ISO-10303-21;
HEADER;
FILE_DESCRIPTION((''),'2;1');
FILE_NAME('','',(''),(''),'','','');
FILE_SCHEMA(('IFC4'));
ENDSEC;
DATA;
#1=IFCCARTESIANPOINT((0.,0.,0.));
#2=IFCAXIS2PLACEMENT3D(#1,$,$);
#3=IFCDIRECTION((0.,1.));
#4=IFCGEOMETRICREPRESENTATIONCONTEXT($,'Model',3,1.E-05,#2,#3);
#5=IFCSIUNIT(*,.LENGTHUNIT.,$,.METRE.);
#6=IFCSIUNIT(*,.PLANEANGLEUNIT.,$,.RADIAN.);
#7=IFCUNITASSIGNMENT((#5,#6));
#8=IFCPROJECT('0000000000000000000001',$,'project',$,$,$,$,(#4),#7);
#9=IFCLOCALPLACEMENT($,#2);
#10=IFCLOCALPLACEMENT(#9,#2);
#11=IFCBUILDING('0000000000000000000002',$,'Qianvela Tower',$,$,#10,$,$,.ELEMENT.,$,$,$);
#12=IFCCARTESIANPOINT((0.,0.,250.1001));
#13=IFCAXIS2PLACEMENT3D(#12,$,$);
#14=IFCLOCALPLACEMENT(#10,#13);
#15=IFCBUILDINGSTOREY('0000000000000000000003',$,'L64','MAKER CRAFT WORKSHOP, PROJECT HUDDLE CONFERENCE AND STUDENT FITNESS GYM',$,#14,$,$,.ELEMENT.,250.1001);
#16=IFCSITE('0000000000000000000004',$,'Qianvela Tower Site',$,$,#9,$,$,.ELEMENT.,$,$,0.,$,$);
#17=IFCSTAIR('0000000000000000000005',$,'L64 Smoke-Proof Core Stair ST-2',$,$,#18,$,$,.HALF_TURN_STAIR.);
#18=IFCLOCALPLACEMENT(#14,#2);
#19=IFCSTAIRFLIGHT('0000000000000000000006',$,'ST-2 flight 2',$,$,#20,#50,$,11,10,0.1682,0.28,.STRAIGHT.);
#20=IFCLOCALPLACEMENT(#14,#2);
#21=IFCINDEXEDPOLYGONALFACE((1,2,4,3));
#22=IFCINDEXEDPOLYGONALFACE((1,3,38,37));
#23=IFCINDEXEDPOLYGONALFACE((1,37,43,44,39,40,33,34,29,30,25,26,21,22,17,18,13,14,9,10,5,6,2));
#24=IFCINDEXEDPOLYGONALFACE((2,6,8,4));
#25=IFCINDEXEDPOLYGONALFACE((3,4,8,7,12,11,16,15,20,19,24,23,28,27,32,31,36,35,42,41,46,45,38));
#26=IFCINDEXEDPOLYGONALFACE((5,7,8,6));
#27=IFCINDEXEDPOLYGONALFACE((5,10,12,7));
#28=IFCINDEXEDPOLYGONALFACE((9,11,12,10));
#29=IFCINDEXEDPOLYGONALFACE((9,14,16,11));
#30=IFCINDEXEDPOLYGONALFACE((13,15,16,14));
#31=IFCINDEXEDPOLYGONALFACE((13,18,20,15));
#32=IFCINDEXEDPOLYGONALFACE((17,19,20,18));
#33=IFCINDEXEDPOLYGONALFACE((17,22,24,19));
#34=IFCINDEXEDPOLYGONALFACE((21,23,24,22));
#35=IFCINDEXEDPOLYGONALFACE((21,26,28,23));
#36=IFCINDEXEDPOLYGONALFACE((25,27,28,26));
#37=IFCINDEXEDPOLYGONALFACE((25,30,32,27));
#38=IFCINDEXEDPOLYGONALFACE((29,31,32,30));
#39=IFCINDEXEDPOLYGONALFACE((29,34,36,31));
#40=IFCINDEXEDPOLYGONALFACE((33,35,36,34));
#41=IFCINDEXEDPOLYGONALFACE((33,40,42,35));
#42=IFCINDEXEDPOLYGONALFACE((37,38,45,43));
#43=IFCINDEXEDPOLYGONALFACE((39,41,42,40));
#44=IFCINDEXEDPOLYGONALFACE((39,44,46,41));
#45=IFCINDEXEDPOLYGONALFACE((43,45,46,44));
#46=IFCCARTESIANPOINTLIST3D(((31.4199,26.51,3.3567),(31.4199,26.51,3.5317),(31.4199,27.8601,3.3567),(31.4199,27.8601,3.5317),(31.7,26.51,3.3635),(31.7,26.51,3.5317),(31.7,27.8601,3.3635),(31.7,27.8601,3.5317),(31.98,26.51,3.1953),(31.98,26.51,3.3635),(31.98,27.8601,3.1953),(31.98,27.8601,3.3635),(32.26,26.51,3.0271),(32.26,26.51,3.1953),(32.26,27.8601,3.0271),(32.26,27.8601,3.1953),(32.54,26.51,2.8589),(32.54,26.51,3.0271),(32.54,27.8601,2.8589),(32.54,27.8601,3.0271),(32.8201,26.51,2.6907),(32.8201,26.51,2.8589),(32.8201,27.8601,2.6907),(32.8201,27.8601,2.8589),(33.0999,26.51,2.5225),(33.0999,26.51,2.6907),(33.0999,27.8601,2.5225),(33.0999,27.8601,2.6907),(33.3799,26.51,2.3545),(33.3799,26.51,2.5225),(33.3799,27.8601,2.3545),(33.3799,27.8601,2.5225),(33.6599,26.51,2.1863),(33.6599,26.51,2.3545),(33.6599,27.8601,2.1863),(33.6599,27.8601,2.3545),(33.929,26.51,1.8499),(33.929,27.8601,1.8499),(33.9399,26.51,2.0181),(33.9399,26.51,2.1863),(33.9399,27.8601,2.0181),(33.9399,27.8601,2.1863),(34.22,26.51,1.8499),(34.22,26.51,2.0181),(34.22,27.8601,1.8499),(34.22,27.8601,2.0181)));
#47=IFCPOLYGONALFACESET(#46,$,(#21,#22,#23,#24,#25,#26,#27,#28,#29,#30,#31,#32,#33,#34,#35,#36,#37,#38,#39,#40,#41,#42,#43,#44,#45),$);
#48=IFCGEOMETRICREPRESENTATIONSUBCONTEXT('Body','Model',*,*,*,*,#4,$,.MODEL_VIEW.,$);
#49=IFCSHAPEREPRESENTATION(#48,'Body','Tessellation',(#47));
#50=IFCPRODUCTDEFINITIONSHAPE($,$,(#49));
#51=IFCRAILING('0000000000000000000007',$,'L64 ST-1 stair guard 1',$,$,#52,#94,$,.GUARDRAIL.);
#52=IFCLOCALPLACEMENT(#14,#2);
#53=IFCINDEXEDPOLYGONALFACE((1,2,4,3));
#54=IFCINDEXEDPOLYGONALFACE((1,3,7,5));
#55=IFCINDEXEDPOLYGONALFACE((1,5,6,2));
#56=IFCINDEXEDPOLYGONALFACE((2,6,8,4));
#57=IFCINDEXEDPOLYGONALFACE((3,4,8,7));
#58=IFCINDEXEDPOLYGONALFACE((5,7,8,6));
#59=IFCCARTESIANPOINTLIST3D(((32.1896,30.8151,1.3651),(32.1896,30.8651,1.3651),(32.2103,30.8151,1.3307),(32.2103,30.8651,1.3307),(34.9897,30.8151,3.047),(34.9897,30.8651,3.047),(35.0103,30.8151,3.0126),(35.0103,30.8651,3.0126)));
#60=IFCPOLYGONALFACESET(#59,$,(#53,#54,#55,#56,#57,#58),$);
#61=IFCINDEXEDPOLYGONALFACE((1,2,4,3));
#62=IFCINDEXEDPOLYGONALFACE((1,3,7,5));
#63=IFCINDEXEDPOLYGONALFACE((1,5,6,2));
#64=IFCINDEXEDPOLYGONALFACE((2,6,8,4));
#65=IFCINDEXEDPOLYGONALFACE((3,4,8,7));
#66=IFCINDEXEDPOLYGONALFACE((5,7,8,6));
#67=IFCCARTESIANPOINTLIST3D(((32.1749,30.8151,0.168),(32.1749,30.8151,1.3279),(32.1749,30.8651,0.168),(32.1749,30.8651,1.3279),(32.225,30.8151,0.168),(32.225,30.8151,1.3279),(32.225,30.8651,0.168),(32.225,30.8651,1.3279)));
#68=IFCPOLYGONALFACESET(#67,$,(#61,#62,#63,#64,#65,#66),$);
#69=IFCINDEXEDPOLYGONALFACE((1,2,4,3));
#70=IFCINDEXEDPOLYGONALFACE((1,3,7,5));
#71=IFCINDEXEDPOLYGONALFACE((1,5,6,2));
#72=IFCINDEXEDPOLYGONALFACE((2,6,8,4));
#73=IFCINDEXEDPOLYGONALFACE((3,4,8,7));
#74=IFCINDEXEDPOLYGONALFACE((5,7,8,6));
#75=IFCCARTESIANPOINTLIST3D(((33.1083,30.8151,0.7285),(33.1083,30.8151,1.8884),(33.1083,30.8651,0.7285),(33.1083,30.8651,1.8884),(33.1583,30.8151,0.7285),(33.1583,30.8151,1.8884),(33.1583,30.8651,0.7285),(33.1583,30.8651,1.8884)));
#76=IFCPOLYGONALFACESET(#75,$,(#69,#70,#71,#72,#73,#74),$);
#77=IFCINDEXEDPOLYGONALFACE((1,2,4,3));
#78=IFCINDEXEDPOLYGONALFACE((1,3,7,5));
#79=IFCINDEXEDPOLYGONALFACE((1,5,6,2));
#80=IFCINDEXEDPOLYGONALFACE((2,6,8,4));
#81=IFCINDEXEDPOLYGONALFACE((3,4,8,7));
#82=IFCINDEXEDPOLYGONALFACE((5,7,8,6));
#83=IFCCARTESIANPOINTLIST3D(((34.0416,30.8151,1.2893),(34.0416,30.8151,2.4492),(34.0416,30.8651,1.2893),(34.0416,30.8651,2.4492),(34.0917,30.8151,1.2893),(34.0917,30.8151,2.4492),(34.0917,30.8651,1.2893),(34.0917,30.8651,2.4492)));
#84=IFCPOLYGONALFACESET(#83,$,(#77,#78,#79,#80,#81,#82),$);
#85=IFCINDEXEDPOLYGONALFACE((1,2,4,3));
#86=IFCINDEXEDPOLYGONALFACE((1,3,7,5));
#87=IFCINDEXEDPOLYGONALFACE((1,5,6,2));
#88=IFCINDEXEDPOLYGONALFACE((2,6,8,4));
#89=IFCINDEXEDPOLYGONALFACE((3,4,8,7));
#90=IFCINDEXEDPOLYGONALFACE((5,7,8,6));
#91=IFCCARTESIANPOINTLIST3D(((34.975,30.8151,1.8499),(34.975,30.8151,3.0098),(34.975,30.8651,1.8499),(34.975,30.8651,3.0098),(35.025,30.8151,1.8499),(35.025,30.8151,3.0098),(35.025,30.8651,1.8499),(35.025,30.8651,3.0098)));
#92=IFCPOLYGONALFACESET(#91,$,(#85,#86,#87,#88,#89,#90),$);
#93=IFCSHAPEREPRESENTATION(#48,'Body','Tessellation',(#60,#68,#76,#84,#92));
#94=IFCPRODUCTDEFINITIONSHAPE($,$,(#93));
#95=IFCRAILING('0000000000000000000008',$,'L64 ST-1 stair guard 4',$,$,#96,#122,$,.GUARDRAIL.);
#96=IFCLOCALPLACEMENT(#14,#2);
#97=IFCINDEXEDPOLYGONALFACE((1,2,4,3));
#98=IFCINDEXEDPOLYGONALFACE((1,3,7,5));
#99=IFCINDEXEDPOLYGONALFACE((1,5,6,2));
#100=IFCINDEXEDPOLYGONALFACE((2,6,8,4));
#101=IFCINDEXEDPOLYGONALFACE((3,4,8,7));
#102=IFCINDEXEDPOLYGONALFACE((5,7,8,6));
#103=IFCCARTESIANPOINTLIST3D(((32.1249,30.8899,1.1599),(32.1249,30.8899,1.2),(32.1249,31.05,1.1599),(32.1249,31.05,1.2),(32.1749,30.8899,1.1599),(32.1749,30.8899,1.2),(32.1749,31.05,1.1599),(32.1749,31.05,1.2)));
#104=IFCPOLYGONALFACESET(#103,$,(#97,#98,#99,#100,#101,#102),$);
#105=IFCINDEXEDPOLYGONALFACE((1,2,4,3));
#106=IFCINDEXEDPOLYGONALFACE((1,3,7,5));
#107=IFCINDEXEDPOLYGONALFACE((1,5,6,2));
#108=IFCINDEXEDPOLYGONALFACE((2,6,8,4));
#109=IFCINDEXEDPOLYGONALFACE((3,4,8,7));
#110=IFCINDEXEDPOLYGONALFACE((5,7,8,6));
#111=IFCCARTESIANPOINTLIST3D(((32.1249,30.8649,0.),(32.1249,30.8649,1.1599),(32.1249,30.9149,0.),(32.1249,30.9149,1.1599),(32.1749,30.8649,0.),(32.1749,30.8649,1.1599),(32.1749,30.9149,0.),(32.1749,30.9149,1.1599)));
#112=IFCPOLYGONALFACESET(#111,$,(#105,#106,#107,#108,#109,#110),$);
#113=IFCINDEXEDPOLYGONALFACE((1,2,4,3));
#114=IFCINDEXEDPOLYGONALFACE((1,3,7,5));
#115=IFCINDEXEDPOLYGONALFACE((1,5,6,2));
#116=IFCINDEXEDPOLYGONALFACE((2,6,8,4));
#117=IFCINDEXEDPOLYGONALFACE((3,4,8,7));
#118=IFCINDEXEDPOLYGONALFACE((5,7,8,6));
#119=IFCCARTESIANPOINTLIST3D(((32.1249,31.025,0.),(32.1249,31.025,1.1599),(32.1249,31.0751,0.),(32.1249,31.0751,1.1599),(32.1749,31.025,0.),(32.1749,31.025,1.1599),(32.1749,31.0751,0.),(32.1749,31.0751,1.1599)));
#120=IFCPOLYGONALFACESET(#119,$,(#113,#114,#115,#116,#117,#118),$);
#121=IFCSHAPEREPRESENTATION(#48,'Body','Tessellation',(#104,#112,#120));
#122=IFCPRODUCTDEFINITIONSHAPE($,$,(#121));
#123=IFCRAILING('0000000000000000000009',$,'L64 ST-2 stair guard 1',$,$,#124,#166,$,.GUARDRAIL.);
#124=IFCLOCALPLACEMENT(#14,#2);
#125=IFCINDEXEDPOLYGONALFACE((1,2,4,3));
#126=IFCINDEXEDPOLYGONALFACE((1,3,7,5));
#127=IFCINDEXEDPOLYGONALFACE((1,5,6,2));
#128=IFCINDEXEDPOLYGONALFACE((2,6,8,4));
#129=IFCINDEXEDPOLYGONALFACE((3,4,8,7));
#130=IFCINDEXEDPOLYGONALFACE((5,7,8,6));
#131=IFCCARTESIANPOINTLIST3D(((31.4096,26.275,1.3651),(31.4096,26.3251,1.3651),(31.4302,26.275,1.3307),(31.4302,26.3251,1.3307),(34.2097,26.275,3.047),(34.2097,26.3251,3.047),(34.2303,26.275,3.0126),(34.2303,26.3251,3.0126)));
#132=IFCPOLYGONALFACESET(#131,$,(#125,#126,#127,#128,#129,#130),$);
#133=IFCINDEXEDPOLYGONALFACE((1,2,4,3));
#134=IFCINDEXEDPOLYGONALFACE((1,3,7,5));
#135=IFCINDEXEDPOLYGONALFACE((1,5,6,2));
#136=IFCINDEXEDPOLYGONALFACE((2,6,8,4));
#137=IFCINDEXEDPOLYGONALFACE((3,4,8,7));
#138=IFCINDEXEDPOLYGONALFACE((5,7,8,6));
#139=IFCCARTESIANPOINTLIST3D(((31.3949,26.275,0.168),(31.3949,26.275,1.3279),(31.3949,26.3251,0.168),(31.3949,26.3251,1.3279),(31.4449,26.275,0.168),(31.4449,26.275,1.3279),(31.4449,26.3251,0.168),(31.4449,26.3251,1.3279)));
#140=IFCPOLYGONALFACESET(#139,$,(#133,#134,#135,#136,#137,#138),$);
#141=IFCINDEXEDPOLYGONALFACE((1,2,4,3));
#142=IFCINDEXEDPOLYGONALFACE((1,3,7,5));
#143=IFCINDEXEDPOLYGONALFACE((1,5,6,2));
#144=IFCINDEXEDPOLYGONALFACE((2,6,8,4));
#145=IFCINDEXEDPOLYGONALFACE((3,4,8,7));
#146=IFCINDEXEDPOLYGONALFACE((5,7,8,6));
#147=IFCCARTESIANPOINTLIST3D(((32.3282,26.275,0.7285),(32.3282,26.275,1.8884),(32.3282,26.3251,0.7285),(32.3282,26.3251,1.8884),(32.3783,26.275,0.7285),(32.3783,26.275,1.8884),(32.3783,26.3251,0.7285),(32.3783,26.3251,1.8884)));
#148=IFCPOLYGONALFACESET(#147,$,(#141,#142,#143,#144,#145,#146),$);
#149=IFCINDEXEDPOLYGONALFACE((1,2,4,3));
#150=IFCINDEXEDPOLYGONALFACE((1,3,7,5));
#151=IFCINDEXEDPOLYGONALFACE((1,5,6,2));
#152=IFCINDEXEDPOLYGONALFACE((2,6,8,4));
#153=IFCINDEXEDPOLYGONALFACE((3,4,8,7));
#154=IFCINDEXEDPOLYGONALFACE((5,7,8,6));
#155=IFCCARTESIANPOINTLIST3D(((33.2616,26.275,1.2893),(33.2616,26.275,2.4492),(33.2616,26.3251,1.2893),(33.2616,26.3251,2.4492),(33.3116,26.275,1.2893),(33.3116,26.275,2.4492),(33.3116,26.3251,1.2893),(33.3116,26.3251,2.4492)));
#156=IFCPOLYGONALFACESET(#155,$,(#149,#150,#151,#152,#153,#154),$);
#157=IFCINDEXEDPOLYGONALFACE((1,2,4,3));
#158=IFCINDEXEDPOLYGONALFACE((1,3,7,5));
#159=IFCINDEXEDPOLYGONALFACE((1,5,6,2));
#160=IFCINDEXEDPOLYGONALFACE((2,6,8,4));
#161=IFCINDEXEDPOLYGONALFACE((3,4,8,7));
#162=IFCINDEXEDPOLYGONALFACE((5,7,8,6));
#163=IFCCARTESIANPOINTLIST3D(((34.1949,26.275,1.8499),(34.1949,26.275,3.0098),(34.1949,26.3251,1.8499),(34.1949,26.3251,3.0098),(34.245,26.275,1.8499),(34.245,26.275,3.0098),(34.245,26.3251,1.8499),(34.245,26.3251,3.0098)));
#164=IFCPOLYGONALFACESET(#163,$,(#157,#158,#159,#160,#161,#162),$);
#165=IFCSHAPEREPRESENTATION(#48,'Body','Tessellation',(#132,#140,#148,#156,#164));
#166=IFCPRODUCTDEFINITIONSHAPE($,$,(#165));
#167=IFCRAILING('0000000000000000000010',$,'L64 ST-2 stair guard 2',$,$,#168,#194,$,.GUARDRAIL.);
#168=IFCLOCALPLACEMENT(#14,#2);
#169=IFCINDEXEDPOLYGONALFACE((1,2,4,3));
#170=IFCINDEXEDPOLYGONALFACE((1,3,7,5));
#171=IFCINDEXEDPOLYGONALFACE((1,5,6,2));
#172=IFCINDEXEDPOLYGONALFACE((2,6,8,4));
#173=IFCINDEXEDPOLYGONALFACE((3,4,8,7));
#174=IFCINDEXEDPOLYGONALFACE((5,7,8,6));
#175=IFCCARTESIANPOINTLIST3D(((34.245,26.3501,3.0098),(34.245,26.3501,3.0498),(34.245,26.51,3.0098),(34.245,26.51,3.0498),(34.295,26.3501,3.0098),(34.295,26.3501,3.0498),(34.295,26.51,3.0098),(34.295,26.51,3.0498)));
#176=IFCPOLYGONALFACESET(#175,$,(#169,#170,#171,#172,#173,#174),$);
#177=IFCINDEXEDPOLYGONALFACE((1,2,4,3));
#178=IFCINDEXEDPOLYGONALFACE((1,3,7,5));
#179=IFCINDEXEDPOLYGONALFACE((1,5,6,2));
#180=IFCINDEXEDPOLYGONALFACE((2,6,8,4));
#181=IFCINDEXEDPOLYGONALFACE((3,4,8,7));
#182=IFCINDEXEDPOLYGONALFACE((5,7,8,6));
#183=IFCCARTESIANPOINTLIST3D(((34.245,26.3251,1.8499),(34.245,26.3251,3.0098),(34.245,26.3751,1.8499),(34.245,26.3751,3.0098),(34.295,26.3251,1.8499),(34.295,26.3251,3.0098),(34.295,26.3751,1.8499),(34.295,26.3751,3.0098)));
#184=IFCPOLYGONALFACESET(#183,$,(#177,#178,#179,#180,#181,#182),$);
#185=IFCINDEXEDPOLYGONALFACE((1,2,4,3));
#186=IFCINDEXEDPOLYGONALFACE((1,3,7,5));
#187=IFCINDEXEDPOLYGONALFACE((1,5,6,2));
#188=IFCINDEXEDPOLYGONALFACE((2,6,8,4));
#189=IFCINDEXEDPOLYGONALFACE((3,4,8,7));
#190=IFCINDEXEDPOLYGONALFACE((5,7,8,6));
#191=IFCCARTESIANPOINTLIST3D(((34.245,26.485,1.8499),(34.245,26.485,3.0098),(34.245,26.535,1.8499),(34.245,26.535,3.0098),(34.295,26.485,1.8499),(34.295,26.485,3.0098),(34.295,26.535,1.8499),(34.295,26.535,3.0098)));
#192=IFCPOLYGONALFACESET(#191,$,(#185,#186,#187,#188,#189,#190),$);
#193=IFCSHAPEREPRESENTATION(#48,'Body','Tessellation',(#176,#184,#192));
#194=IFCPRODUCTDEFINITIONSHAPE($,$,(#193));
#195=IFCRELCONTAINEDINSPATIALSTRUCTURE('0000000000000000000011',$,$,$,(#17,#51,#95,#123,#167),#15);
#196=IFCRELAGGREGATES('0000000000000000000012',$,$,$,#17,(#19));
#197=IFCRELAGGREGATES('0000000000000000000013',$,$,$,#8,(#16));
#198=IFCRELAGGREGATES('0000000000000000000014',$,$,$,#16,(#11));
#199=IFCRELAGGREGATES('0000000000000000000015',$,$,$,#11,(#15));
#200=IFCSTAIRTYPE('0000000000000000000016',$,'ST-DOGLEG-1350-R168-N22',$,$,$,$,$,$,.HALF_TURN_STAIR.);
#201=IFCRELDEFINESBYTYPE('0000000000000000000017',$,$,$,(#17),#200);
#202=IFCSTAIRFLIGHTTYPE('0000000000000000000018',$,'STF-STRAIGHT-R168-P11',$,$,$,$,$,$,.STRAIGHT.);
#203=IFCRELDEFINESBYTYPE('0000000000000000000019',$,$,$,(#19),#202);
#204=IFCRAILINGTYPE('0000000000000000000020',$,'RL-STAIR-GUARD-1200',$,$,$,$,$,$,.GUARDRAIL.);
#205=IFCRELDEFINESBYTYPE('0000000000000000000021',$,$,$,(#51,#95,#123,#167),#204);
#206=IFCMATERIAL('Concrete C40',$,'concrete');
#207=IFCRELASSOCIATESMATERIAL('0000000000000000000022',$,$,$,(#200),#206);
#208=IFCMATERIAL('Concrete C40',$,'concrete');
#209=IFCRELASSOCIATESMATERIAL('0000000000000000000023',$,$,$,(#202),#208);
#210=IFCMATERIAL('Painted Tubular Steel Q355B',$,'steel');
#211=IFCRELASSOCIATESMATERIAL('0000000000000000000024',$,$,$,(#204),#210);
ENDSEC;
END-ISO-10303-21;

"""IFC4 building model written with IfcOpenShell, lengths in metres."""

from ifc_helpers import new_model, si_unit, direction, frame, origin, origin_2d, place, context, subcontext, project, spatial, polyline, rectangle, outline, extrude, material, type_object, element, aggregate, save


model = new_model("IFC4")

# Units and contexts
model_context = context("Model", 3, precision=1e-05, world=origin(), true_north=direction((0.0, 1.0)))
body_context = subcontext(model_context, "Body", "Model", "MODEL_VIEW")
ifc_project = project(units=[si_unit("LENGTHUNIT", "METRE"), si_unit("PLANEANGLEUNIT", "RADIAN")], contexts=[model_context])

# Site, building, storey
site_placement = place(None, origin())
site = spatial("IfcSite", under=ifc_project, at=site_placement, Name="Qianvela Tower Site", CompositionType="ELEMENT", RefElevation=0.0)
building_placement = place(site_placement, origin())
building = spatial("IfcBuilding", under=site, at=building_placement, Name="Qianvela Tower", CompositionType="ELEMENT")
storey_placement = place(building_placement, frame((0.0, 0.0, 250.1001)))
storey = spatial("IfcBuildingStorey", under=building, at=storey_placement, Name="L64", Description="MAKER CRAFT WORKSHOP, PROJECT HUDDLE CONFERENCE AND STUDENT FITNESS GYM", CompositionType="ELEMENT", Elevation=250.1001)

# Shared definitions
ifc_material_1 = material(Name="Concrete C40", Category="concrete")
stair_type = type_object("IfcStairType", Name="ST-DOGLEG-1350-R168-N22", PredefinedType="HALF_TURN_STAIR", material=ifc_material_1)
ifc_material_2 = material(Name="Concrete C40", Category="concrete")
stair_flight_type = type_object("IfcStairFlightType", Name="STF-STRAIGHT-R168-P11", PredefinedType="STRAIGHT", material=ifc_material_2)

# Stair, stair flight
stair_1_placement = place(storey_placement, origin())
stair_1 = element("IfcStair", 1, at=stair_1_placement, inside=storey, type_object=stair_type, Name="L64 Smoke-Proof Core Stair ST-2", PredefinedType="HALF_TURN_STAIR")
stair_flight_1_placement = place(storey_placement, frame((34.22, 27.1851, 1.8499), z_axis=(0.0, 0.0, 1.0), x_axis=(-1.0, 0.0, 0.0)))
stair_flight_1 = element("IfcStairFlight", 2, at=stair_flight_1_placement, type_object=stair_flight_type, Name="ST-2 flight 2", NumberOfRisers=11, NumberOfTreads=10, PredefinedType="STRAIGHT", RiserHeight=0.1682, TreadLength=0.28, context=body_context, shape_type="SweptSolid", body=[
    extrude(outline(polyline([(0.0, 0.0), (0.0, 0.1682), (0.28, 0.1682), (0.28, 0.3364), (0.5601, 0.3364), (0.5601, 0.5046), (0.8401, 0.5046), (0.8401, 0.6726), (1.1201, 0.6726), (1.1201, 0.8408), (1.3999, 0.8408), (1.3999, 1.009), (1.6799, 1.009), (1.6799, 1.1772), (1.96, 1.1772), (1.96, 1.3455), (2.24, 1.3455), (2.24, 1.5137), (2.52, 1.5137), (2.52, 1.6819), (2.8, 1.6819), (2.8, 1.8501), (2.8, 1.5068), (0.291, 0.0), (0.0, 0.0)])), frame((0.0, 0.675, 0.0), z_axis=(0.0, -1.0, 0.0), x_axis=(1.0, 0.0, 0.0)), (0.0, 0.0, 1.0), 1.3501),
])
aggregate(stair_1, [stair_flight_1])

# Railings
ifc_material_3 = material(Name="Painted Tubular Steel Q355B", Category="steel")
railing_type_1 = type_object("IfcRailingType", Name="RL-STAIR-GUARD-1200", PredefinedType="GUARDRAIL", material=ifc_material_3)
railing_1_placement = place(storey_placement, frame((32.2, 30.8401, 0.168)))
element("IfcRailing", 3, at=railing_1_placement, inside=storey, type_object=railing_type_1, Name="L64 ST-1 stair guard 1", PredefinedType="GUARDRAIL", context=body_context, shape_type="SweptSolid", body=[
    extrude(rectangle(XDim=0.05, YDim=0.04, at=origin_2d()), frame((0.0, 0.0, 1.1799), z_axis=(0.857242, 0.0, 0.514913), x_axis=(0.0, 1.0, 0.0)), (0.0, 0.0, 1.0), 3.2664),
    extrude(rectangle(XDim=0.05, YDim=0.05, at=origin_2d()), origin(), (0.0, 0.0, 1.0), 1.1599),
    extrude(rectangle(XDim=0.05, YDim=0.05, at=origin_2d()), frame((0.9333, 0.0, 0.5605)), (0.0, 0.0, 1.0), 1.1599),
    extrude(rectangle(XDim=0.05, YDim=0.05, at=origin_2d()), frame((1.8667, 0.0, 1.1213)), (0.0, 0.0, 1.0), 1.1599),
    extrude(rectangle(XDim=0.05, YDim=0.05, at=origin_2d()), frame((2.8, 0.0, 1.6819)), (0.0, 0.0, 1.0), 1.1599),
])
railing_2_placement = place(storey_placement, frame((32.1499, 30.8899, 0.0)))
element("IfcRailing", 4, at=railing_2_placement, inside=storey, type_object=railing_type_1, Name="L64 ST-1 stair guard 4", PredefinedType="GUARDRAIL", context=body_context, shape_type="SweptSolid", body=[
    extrude(rectangle(XDim=0.05, YDim=0.04, at=origin_2d()), frame((0.0, 0.0, 1.1799), z_axis=(0.0, 1.0, 0.0), x_axis=(-1.0, 0.0, 0.0)), (0.0, 0.0, 1.0), 0.1602),
    extrude(rectangle(XDim=0.05, YDim=0.05, at=origin_2d()), origin(), (0.0, 0.0, 1.0), 1.1599),
    extrude(rectangle(XDim=0.05, YDim=0.05, at=origin_2d()), frame((0.0, 0.1602, 0.0)), (0.0, 0.0, 1.0), 1.1599),
])
railing_3_placement = place(storey_placement, frame((31.4199, 26.3, 0.168)))
element("IfcRailing", 5, at=railing_3_placement, inside=storey, type_object=railing_type_1, Name="L64 ST-2 stair guard 1", PredefinedType="GUARDRAIL", context=body_context, shape_type="SweptSolid", body=[
    extrude(rectangle(XDim=0.05, YDim=0.04, at=origin_2d()), frame((0.0, 0.0, 1.1799), z_axis=(0.857242, 0.0, 0.514913), x_axis=(0.0, 1.0, 0.0)), (0.0, 0.0, 1.0), 3.2664),
    extrude(rectangle(XDim=0.05, YDim=0.05, at=origin_2d()), origin(), (0.0, 0.0, 1.0), 1.1599),
    extrude(rectangle(XDim=0.05, YDim=0.05, at=origin_2d()), frame((0.9333, 0.0, 0.5605)), (0.0, 0.0, 1.0), 1.1599),
    extrude(rectangle(XDim=0.05, YDim=0.05, at=origin_2d()), frame((1.8667, 0.0, 1.1213)), (0.0, 0.0, 1.0), 1.1599),
    extrude(rectangle(XDim=0.05, YDim=0.05, at=origin_2d()), frame((2.8, 0.0, 1.6819)), (0.0, 0.0, 1.0), 1.1599),
])
railing_4_placement = place(storey_placement, frame((34.27, 26.3501, 1.8499)))
element("IfcRailing", 6, at=railing_4_placement, inside=storey, type_object=railing_type_1, Name="L64 ST-2 stair guard 2", PredefinedType="GUARDRAIL", context=body_context, shape_type="SweptSolid", body=[
    extrude(rectangle(XDim=0.05, YDim=0.04, at=origin_2d()), frame((0.0, 0.0, 1.1799), z_axis=(0.0, 1.0, 0.0), x_axis=(-1.0, 0.0, 0.0)), (0.0, 0.0, 1.0), 0.1599),
    extrude(rectangle(XDim=0.05, YDim=0.05, at=origin_2d()), origin(), (0.0, 0.0, 1.0), 1.1599),
    extrude(rectangle(XDim=0.05, YDim=0.05, at=origin_2d()), frame((0.0, 0.1599, 0.0)), (0.0, 0.0, 1.0), 1.1599),
])

save(model, "model.ifc")
